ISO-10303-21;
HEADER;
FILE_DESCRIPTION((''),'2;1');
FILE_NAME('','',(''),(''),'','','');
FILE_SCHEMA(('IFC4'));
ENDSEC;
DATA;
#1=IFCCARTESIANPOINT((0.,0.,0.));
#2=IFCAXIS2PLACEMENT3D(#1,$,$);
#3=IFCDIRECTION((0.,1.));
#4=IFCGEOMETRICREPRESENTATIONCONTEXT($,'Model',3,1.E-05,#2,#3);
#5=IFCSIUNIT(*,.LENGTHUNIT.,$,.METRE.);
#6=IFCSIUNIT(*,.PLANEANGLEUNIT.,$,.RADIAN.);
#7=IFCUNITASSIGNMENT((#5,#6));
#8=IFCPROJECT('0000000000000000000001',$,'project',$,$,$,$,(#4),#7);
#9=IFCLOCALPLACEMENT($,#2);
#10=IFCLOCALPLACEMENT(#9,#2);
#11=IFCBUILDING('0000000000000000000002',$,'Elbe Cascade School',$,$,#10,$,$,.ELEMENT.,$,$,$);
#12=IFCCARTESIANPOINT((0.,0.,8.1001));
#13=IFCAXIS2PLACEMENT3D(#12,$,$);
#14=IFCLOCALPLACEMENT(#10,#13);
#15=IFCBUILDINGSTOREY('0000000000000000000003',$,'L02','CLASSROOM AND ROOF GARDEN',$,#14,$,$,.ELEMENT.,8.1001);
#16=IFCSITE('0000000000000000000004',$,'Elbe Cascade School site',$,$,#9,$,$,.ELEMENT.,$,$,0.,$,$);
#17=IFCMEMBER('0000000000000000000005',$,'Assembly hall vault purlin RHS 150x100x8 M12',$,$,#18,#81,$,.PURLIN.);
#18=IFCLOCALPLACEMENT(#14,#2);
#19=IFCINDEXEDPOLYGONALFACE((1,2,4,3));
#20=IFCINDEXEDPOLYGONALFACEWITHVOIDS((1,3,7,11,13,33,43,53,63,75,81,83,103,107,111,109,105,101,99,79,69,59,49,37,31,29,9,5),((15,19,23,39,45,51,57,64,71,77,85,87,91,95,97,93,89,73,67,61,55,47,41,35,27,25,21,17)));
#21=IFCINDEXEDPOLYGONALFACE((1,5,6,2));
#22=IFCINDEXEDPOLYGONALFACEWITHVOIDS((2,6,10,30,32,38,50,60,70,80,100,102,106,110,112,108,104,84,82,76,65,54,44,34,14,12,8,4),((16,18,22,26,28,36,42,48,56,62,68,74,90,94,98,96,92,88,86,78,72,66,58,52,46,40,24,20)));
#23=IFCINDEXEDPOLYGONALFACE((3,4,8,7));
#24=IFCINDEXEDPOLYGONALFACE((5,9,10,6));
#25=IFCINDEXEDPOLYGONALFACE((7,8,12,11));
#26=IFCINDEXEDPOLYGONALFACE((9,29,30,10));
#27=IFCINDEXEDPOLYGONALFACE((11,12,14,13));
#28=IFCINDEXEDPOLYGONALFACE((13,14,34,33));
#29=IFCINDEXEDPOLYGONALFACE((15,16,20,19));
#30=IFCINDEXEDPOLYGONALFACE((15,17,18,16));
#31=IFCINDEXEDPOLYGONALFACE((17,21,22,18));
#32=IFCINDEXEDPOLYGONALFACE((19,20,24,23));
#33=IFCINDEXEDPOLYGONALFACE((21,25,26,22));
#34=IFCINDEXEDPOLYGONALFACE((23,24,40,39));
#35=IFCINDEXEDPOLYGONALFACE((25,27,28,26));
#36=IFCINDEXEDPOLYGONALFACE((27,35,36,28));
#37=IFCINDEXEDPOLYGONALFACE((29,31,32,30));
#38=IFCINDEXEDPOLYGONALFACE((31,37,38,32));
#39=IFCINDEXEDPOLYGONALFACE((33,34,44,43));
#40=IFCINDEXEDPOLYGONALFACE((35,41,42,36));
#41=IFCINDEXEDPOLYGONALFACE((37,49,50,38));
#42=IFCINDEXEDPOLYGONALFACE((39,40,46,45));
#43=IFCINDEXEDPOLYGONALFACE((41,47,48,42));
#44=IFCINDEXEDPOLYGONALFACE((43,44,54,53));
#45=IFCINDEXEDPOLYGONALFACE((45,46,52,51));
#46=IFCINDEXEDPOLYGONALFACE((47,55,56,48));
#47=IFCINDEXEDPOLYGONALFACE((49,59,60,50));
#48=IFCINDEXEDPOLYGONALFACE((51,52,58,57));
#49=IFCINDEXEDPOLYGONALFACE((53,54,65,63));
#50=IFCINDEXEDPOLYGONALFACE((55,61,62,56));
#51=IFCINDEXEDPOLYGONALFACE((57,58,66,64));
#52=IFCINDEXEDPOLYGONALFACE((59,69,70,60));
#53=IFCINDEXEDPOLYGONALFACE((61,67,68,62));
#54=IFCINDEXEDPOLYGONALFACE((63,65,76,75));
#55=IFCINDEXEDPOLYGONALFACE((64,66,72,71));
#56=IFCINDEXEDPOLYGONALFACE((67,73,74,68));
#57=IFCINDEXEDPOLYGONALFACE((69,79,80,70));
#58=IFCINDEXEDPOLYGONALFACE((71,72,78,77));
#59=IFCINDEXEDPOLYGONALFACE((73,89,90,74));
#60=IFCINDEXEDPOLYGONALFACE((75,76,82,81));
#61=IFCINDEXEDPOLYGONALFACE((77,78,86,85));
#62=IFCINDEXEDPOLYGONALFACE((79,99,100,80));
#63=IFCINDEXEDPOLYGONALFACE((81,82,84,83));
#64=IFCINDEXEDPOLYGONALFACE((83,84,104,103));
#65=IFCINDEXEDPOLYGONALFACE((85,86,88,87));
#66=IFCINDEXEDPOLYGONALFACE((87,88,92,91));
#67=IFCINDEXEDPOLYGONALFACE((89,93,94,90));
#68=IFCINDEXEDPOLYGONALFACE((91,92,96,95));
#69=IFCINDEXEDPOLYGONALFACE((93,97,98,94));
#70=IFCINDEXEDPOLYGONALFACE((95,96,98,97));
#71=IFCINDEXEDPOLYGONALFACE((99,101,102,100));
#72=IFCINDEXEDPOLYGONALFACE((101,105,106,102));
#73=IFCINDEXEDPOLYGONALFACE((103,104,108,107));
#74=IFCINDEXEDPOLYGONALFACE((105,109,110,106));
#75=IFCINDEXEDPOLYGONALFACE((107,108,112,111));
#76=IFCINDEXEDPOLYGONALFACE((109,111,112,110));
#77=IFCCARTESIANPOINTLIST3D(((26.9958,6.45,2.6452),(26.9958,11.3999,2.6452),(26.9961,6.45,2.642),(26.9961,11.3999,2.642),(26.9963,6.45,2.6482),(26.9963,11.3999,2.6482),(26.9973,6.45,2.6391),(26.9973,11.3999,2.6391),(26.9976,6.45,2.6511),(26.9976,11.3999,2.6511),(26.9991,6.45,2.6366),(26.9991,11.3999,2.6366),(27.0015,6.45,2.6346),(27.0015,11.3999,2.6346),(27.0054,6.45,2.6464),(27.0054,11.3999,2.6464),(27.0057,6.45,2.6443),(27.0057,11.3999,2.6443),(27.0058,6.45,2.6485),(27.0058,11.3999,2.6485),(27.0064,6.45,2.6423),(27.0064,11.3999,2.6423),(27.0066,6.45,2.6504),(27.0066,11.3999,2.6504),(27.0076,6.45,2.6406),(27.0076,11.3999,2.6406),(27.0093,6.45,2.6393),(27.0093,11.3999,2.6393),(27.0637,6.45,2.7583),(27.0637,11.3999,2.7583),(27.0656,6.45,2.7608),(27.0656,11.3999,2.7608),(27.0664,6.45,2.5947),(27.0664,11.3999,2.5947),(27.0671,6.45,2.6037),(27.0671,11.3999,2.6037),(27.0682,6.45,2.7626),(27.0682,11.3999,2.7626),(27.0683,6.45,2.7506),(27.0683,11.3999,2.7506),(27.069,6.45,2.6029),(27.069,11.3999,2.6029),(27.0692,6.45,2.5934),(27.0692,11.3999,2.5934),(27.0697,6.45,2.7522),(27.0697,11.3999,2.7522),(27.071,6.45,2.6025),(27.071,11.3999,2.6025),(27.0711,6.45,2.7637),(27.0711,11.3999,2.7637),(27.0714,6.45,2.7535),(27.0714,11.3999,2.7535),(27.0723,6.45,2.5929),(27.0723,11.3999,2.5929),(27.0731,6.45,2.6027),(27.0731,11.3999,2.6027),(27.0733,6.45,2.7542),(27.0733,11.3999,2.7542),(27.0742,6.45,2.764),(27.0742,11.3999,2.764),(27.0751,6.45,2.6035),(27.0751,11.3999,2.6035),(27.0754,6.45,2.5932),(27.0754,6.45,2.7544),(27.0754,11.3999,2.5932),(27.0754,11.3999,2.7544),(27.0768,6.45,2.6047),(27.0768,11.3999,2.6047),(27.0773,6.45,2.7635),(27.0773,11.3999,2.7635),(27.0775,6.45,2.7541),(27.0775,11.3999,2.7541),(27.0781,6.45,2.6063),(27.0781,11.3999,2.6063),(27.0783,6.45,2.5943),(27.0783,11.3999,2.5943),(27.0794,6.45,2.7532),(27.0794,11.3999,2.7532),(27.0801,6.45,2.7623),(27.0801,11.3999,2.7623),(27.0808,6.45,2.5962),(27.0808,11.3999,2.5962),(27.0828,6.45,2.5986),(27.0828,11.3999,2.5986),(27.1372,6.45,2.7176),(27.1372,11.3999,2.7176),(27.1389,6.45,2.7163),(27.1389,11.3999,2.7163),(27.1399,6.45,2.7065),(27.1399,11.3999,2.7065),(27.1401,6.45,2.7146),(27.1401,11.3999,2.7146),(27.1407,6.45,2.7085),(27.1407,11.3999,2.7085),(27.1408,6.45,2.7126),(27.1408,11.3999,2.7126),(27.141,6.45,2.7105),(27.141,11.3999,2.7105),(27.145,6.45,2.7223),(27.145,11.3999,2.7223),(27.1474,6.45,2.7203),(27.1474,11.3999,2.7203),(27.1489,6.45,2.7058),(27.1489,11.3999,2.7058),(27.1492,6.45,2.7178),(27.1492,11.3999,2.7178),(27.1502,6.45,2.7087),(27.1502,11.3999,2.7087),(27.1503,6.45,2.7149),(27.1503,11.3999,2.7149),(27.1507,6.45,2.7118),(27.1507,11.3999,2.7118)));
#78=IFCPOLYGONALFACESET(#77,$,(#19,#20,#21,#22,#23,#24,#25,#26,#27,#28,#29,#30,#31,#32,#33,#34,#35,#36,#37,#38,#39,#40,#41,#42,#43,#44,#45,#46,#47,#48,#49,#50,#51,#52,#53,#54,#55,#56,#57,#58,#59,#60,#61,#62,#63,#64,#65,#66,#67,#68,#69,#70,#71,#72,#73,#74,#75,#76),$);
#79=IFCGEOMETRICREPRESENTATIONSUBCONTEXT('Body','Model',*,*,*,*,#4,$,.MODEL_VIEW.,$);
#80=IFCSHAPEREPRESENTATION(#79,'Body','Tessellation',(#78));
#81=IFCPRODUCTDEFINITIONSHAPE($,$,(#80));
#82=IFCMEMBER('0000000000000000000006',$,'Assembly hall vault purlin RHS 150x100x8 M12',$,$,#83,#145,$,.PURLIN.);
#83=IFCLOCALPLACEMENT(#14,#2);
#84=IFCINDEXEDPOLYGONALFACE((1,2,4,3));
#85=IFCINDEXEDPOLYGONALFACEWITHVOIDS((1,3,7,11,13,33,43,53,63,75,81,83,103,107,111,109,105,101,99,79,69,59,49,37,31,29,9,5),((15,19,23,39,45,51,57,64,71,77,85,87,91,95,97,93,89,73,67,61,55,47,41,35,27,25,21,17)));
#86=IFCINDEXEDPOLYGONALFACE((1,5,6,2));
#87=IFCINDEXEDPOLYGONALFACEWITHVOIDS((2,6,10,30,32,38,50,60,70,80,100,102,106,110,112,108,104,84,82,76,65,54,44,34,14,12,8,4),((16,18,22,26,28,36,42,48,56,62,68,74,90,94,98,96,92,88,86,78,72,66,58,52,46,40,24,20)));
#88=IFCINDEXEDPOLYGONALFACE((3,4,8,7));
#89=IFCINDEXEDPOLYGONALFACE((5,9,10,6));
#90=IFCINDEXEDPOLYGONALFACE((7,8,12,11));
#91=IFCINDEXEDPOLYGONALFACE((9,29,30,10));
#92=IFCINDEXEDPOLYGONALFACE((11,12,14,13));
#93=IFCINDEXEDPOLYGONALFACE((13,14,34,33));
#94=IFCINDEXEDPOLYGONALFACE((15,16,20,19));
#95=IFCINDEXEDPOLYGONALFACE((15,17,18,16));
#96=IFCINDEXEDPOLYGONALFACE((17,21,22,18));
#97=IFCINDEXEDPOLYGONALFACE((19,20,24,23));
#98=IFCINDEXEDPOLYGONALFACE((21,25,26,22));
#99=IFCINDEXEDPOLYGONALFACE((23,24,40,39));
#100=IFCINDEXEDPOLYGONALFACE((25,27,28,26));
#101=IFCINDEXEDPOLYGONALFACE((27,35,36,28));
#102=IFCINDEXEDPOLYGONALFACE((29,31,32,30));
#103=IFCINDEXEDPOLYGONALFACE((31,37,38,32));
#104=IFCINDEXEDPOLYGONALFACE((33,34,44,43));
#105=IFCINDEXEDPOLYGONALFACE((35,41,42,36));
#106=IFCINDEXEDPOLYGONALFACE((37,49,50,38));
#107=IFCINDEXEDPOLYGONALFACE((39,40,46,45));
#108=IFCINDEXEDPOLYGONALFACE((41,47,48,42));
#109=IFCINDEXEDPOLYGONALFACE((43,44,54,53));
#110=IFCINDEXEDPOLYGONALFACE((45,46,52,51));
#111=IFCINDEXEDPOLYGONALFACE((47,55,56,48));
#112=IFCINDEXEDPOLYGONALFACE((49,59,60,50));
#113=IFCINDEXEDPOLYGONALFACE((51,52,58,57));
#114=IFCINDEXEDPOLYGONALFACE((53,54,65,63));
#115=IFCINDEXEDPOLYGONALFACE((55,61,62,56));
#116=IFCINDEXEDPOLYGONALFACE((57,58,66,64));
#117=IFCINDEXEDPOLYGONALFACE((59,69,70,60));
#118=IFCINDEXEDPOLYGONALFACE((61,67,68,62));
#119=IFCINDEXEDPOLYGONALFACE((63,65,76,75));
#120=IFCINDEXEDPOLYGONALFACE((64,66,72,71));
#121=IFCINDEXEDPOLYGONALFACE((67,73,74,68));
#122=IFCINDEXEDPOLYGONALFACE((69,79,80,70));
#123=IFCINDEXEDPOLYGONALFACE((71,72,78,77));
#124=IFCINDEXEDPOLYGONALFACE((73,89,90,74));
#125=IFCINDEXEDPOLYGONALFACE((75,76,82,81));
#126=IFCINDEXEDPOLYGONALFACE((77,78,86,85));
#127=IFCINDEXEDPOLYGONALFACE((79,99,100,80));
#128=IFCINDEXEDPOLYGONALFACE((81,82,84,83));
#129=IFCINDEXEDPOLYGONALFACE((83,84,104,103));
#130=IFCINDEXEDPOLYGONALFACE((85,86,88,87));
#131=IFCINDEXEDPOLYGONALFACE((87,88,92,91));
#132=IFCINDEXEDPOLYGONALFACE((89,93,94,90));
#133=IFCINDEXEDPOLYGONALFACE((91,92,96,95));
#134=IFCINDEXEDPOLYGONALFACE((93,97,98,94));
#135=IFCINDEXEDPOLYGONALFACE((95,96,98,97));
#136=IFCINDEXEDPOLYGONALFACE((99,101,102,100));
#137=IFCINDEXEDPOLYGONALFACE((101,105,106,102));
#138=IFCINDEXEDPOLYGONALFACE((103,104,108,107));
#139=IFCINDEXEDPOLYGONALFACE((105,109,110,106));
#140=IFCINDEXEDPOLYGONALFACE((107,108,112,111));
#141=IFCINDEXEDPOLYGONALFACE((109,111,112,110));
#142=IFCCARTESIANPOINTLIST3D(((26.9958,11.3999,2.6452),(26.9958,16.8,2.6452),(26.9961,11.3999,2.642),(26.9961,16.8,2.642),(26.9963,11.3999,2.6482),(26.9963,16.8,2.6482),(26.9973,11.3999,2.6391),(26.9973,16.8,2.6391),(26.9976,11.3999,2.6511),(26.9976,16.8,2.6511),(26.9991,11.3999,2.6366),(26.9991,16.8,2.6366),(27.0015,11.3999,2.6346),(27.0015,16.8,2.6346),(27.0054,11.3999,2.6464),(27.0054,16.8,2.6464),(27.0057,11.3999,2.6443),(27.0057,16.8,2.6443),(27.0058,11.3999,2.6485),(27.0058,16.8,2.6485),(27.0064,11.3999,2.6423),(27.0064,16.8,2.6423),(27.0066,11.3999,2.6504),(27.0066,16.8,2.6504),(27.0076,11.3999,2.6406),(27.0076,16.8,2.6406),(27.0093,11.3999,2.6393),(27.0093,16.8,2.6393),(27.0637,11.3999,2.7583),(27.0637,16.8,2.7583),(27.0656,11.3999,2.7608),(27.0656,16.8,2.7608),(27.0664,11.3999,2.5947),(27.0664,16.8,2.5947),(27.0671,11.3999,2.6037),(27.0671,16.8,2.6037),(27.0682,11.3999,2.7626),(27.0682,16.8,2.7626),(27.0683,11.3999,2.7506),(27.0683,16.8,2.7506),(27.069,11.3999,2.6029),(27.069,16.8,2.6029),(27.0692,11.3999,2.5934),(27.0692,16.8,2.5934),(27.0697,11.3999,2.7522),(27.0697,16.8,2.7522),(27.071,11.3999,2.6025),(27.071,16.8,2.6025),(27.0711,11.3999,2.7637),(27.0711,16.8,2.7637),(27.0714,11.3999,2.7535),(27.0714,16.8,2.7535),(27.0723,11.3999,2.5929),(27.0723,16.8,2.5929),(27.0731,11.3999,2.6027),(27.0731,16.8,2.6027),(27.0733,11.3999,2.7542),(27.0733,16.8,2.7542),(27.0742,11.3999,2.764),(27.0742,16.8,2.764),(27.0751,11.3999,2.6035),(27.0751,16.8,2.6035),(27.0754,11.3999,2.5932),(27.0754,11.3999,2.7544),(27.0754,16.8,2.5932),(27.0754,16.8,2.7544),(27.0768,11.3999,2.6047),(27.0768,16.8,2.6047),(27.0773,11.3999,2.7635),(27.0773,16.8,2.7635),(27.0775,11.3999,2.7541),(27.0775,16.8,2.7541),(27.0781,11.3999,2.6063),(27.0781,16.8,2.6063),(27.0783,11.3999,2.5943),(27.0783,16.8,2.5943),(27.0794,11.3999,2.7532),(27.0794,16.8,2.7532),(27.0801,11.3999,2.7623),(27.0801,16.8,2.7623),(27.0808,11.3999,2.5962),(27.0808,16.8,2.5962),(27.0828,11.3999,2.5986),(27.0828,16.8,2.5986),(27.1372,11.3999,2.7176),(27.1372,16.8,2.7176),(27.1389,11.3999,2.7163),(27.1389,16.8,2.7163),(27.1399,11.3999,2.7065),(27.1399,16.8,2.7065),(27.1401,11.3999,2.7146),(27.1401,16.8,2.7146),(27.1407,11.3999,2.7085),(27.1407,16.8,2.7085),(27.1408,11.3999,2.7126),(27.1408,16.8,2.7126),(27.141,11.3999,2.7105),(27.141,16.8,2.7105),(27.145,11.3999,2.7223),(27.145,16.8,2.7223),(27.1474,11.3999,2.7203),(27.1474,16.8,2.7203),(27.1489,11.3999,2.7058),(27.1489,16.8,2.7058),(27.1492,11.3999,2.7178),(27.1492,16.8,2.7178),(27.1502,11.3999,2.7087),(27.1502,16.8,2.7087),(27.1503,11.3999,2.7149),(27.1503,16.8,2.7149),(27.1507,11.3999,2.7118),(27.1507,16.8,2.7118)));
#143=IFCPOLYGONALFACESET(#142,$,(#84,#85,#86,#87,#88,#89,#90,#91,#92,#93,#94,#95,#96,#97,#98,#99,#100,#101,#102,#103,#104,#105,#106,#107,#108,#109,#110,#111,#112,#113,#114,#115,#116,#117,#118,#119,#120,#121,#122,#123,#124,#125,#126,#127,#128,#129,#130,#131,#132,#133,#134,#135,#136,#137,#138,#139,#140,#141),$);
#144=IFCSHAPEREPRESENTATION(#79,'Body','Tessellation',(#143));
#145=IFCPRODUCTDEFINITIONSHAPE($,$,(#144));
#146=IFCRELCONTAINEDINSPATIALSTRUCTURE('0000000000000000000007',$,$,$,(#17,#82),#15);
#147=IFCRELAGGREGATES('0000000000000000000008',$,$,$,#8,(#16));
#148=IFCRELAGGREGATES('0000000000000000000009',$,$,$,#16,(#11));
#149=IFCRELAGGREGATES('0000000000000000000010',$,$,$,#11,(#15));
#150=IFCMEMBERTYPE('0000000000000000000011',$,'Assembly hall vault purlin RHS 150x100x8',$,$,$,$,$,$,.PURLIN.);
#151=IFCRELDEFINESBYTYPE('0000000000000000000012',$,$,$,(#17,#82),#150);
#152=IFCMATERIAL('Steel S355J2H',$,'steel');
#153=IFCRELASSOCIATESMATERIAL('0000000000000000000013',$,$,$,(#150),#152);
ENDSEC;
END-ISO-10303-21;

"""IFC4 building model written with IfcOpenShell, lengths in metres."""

from ifc_helpers import new_model, si_unit, direction, frame, origin, origin_2d, place, context, subcontext, project, spatial, hollow_rectangle, extrude, material, material_profile, profile_set, type_object, element, save


model = new_model("IFC4")

# Units and contexts
model_context = context("Model", 3, precision=1e-05, world=origin(), true_north=direction((0.0, 1.0)))
body_context = subcontext(model_context, "Body", "Model", "MODEL_VIEW")
ifc_project = project(units=[si_unit("LENGTHUNIT", "METRE"), si_unit("PLANEANGLEUNIT", "RADIAN")], contexts=[model_context])

# Site, building, storey
site_placement = place(None, origin())
site = spatial("IfcSite", under=ifc_project, at=site_placement, Name="Elbe Cascade School site", CompositionType="ELEMENT", RefElevation=0.0)
building_placement = place(site_placement, origin())
building = spatial("IfcBuilding", under=site, at=building_placement, Name="Elbe Cascade School", CompositionType="ELEMENT")
storey_placement = place(building_placement, frame((0.0, 0.0, 8.1001)))
storey = spatial("IfcBuildingStorey", under=building, at=storey_placement, Name="L02", Description="CLASSROOM AND ROOF GARDEN", CompositionType="ELEMENT", Elevation=8.1001)

# Members
ifc_material_1 = material(Name="Steel S355J2H", Category="steel")
ifc_material_profile_1 = material_profile(ifc_material_1, hollow_rectangle(XDim=0.1001, YDim=0.1499, WallThickness=0.0081, InnerFilletRadius=0.0081, OuterFilletRadius=0.012, at=origin_2d()), Name="RHS 150x100x8")
ifc_profile_set_1 = profile_set([ifc_material_profile_1], Name="Steel S355J2H")
member_type_1 = type_object("IfcMemberType", Name="Assembly hall vault purlin RHS 150x100x8", PredefinedType="PURLIN", material=ifc_profile_set_1)
member_1_placement = place(storey_placement, frame((27.0732, 6.45, 2.6785), z_axis=(0.0, 1.0, 0.0), x_axis=(-0.851418, 0.0, 0.524488)))
element("IfcMember", 1, at=member_1_placement, inside=storey, type_object=member_type_1, Name="Assembly hall vault purlin RHS 150x100x8 M12", PredefinedType="PURLIN", context=body_context, shape_type="SweptSolid", body=[
    extrude(hollow_rectangle(XDim=0.1001, YDim=0.1499, WallThickness=0.0081, InnerFilletRadius=0.0081, OuterFilletRadius=0.012, at=origin_2d()), origin(), (0.0, 0.0, 1.0), 4.95),
])
member_2_placement = place(storey_placement, frame((27.0732, 11.3999, 2.6785), z_axis=(0.0, 1.0, 0.0), x_axis=(-0.851418, 0.0, 0.524488)))
element("IfcMember", 2, at=member_2_placement, inside=storey, type_object=member_type_1, Name="Assembly hall vault purlin RHS 150x100x8 M12", PredefinedType="PURLIN", context=body_context, shape_type="SweptSolid", body=[
    extrude(hollow_rectangle(XDim=0.1001, YDim=0.1499, WallThickness=0.0081, InnerFilletRadius=0.0081, OuterFilletRadius=0.012, at=origin_2d()), origin(), (0.0, 0.0, 1.0), 5.4001),
])

save(model, "model.ifc")
